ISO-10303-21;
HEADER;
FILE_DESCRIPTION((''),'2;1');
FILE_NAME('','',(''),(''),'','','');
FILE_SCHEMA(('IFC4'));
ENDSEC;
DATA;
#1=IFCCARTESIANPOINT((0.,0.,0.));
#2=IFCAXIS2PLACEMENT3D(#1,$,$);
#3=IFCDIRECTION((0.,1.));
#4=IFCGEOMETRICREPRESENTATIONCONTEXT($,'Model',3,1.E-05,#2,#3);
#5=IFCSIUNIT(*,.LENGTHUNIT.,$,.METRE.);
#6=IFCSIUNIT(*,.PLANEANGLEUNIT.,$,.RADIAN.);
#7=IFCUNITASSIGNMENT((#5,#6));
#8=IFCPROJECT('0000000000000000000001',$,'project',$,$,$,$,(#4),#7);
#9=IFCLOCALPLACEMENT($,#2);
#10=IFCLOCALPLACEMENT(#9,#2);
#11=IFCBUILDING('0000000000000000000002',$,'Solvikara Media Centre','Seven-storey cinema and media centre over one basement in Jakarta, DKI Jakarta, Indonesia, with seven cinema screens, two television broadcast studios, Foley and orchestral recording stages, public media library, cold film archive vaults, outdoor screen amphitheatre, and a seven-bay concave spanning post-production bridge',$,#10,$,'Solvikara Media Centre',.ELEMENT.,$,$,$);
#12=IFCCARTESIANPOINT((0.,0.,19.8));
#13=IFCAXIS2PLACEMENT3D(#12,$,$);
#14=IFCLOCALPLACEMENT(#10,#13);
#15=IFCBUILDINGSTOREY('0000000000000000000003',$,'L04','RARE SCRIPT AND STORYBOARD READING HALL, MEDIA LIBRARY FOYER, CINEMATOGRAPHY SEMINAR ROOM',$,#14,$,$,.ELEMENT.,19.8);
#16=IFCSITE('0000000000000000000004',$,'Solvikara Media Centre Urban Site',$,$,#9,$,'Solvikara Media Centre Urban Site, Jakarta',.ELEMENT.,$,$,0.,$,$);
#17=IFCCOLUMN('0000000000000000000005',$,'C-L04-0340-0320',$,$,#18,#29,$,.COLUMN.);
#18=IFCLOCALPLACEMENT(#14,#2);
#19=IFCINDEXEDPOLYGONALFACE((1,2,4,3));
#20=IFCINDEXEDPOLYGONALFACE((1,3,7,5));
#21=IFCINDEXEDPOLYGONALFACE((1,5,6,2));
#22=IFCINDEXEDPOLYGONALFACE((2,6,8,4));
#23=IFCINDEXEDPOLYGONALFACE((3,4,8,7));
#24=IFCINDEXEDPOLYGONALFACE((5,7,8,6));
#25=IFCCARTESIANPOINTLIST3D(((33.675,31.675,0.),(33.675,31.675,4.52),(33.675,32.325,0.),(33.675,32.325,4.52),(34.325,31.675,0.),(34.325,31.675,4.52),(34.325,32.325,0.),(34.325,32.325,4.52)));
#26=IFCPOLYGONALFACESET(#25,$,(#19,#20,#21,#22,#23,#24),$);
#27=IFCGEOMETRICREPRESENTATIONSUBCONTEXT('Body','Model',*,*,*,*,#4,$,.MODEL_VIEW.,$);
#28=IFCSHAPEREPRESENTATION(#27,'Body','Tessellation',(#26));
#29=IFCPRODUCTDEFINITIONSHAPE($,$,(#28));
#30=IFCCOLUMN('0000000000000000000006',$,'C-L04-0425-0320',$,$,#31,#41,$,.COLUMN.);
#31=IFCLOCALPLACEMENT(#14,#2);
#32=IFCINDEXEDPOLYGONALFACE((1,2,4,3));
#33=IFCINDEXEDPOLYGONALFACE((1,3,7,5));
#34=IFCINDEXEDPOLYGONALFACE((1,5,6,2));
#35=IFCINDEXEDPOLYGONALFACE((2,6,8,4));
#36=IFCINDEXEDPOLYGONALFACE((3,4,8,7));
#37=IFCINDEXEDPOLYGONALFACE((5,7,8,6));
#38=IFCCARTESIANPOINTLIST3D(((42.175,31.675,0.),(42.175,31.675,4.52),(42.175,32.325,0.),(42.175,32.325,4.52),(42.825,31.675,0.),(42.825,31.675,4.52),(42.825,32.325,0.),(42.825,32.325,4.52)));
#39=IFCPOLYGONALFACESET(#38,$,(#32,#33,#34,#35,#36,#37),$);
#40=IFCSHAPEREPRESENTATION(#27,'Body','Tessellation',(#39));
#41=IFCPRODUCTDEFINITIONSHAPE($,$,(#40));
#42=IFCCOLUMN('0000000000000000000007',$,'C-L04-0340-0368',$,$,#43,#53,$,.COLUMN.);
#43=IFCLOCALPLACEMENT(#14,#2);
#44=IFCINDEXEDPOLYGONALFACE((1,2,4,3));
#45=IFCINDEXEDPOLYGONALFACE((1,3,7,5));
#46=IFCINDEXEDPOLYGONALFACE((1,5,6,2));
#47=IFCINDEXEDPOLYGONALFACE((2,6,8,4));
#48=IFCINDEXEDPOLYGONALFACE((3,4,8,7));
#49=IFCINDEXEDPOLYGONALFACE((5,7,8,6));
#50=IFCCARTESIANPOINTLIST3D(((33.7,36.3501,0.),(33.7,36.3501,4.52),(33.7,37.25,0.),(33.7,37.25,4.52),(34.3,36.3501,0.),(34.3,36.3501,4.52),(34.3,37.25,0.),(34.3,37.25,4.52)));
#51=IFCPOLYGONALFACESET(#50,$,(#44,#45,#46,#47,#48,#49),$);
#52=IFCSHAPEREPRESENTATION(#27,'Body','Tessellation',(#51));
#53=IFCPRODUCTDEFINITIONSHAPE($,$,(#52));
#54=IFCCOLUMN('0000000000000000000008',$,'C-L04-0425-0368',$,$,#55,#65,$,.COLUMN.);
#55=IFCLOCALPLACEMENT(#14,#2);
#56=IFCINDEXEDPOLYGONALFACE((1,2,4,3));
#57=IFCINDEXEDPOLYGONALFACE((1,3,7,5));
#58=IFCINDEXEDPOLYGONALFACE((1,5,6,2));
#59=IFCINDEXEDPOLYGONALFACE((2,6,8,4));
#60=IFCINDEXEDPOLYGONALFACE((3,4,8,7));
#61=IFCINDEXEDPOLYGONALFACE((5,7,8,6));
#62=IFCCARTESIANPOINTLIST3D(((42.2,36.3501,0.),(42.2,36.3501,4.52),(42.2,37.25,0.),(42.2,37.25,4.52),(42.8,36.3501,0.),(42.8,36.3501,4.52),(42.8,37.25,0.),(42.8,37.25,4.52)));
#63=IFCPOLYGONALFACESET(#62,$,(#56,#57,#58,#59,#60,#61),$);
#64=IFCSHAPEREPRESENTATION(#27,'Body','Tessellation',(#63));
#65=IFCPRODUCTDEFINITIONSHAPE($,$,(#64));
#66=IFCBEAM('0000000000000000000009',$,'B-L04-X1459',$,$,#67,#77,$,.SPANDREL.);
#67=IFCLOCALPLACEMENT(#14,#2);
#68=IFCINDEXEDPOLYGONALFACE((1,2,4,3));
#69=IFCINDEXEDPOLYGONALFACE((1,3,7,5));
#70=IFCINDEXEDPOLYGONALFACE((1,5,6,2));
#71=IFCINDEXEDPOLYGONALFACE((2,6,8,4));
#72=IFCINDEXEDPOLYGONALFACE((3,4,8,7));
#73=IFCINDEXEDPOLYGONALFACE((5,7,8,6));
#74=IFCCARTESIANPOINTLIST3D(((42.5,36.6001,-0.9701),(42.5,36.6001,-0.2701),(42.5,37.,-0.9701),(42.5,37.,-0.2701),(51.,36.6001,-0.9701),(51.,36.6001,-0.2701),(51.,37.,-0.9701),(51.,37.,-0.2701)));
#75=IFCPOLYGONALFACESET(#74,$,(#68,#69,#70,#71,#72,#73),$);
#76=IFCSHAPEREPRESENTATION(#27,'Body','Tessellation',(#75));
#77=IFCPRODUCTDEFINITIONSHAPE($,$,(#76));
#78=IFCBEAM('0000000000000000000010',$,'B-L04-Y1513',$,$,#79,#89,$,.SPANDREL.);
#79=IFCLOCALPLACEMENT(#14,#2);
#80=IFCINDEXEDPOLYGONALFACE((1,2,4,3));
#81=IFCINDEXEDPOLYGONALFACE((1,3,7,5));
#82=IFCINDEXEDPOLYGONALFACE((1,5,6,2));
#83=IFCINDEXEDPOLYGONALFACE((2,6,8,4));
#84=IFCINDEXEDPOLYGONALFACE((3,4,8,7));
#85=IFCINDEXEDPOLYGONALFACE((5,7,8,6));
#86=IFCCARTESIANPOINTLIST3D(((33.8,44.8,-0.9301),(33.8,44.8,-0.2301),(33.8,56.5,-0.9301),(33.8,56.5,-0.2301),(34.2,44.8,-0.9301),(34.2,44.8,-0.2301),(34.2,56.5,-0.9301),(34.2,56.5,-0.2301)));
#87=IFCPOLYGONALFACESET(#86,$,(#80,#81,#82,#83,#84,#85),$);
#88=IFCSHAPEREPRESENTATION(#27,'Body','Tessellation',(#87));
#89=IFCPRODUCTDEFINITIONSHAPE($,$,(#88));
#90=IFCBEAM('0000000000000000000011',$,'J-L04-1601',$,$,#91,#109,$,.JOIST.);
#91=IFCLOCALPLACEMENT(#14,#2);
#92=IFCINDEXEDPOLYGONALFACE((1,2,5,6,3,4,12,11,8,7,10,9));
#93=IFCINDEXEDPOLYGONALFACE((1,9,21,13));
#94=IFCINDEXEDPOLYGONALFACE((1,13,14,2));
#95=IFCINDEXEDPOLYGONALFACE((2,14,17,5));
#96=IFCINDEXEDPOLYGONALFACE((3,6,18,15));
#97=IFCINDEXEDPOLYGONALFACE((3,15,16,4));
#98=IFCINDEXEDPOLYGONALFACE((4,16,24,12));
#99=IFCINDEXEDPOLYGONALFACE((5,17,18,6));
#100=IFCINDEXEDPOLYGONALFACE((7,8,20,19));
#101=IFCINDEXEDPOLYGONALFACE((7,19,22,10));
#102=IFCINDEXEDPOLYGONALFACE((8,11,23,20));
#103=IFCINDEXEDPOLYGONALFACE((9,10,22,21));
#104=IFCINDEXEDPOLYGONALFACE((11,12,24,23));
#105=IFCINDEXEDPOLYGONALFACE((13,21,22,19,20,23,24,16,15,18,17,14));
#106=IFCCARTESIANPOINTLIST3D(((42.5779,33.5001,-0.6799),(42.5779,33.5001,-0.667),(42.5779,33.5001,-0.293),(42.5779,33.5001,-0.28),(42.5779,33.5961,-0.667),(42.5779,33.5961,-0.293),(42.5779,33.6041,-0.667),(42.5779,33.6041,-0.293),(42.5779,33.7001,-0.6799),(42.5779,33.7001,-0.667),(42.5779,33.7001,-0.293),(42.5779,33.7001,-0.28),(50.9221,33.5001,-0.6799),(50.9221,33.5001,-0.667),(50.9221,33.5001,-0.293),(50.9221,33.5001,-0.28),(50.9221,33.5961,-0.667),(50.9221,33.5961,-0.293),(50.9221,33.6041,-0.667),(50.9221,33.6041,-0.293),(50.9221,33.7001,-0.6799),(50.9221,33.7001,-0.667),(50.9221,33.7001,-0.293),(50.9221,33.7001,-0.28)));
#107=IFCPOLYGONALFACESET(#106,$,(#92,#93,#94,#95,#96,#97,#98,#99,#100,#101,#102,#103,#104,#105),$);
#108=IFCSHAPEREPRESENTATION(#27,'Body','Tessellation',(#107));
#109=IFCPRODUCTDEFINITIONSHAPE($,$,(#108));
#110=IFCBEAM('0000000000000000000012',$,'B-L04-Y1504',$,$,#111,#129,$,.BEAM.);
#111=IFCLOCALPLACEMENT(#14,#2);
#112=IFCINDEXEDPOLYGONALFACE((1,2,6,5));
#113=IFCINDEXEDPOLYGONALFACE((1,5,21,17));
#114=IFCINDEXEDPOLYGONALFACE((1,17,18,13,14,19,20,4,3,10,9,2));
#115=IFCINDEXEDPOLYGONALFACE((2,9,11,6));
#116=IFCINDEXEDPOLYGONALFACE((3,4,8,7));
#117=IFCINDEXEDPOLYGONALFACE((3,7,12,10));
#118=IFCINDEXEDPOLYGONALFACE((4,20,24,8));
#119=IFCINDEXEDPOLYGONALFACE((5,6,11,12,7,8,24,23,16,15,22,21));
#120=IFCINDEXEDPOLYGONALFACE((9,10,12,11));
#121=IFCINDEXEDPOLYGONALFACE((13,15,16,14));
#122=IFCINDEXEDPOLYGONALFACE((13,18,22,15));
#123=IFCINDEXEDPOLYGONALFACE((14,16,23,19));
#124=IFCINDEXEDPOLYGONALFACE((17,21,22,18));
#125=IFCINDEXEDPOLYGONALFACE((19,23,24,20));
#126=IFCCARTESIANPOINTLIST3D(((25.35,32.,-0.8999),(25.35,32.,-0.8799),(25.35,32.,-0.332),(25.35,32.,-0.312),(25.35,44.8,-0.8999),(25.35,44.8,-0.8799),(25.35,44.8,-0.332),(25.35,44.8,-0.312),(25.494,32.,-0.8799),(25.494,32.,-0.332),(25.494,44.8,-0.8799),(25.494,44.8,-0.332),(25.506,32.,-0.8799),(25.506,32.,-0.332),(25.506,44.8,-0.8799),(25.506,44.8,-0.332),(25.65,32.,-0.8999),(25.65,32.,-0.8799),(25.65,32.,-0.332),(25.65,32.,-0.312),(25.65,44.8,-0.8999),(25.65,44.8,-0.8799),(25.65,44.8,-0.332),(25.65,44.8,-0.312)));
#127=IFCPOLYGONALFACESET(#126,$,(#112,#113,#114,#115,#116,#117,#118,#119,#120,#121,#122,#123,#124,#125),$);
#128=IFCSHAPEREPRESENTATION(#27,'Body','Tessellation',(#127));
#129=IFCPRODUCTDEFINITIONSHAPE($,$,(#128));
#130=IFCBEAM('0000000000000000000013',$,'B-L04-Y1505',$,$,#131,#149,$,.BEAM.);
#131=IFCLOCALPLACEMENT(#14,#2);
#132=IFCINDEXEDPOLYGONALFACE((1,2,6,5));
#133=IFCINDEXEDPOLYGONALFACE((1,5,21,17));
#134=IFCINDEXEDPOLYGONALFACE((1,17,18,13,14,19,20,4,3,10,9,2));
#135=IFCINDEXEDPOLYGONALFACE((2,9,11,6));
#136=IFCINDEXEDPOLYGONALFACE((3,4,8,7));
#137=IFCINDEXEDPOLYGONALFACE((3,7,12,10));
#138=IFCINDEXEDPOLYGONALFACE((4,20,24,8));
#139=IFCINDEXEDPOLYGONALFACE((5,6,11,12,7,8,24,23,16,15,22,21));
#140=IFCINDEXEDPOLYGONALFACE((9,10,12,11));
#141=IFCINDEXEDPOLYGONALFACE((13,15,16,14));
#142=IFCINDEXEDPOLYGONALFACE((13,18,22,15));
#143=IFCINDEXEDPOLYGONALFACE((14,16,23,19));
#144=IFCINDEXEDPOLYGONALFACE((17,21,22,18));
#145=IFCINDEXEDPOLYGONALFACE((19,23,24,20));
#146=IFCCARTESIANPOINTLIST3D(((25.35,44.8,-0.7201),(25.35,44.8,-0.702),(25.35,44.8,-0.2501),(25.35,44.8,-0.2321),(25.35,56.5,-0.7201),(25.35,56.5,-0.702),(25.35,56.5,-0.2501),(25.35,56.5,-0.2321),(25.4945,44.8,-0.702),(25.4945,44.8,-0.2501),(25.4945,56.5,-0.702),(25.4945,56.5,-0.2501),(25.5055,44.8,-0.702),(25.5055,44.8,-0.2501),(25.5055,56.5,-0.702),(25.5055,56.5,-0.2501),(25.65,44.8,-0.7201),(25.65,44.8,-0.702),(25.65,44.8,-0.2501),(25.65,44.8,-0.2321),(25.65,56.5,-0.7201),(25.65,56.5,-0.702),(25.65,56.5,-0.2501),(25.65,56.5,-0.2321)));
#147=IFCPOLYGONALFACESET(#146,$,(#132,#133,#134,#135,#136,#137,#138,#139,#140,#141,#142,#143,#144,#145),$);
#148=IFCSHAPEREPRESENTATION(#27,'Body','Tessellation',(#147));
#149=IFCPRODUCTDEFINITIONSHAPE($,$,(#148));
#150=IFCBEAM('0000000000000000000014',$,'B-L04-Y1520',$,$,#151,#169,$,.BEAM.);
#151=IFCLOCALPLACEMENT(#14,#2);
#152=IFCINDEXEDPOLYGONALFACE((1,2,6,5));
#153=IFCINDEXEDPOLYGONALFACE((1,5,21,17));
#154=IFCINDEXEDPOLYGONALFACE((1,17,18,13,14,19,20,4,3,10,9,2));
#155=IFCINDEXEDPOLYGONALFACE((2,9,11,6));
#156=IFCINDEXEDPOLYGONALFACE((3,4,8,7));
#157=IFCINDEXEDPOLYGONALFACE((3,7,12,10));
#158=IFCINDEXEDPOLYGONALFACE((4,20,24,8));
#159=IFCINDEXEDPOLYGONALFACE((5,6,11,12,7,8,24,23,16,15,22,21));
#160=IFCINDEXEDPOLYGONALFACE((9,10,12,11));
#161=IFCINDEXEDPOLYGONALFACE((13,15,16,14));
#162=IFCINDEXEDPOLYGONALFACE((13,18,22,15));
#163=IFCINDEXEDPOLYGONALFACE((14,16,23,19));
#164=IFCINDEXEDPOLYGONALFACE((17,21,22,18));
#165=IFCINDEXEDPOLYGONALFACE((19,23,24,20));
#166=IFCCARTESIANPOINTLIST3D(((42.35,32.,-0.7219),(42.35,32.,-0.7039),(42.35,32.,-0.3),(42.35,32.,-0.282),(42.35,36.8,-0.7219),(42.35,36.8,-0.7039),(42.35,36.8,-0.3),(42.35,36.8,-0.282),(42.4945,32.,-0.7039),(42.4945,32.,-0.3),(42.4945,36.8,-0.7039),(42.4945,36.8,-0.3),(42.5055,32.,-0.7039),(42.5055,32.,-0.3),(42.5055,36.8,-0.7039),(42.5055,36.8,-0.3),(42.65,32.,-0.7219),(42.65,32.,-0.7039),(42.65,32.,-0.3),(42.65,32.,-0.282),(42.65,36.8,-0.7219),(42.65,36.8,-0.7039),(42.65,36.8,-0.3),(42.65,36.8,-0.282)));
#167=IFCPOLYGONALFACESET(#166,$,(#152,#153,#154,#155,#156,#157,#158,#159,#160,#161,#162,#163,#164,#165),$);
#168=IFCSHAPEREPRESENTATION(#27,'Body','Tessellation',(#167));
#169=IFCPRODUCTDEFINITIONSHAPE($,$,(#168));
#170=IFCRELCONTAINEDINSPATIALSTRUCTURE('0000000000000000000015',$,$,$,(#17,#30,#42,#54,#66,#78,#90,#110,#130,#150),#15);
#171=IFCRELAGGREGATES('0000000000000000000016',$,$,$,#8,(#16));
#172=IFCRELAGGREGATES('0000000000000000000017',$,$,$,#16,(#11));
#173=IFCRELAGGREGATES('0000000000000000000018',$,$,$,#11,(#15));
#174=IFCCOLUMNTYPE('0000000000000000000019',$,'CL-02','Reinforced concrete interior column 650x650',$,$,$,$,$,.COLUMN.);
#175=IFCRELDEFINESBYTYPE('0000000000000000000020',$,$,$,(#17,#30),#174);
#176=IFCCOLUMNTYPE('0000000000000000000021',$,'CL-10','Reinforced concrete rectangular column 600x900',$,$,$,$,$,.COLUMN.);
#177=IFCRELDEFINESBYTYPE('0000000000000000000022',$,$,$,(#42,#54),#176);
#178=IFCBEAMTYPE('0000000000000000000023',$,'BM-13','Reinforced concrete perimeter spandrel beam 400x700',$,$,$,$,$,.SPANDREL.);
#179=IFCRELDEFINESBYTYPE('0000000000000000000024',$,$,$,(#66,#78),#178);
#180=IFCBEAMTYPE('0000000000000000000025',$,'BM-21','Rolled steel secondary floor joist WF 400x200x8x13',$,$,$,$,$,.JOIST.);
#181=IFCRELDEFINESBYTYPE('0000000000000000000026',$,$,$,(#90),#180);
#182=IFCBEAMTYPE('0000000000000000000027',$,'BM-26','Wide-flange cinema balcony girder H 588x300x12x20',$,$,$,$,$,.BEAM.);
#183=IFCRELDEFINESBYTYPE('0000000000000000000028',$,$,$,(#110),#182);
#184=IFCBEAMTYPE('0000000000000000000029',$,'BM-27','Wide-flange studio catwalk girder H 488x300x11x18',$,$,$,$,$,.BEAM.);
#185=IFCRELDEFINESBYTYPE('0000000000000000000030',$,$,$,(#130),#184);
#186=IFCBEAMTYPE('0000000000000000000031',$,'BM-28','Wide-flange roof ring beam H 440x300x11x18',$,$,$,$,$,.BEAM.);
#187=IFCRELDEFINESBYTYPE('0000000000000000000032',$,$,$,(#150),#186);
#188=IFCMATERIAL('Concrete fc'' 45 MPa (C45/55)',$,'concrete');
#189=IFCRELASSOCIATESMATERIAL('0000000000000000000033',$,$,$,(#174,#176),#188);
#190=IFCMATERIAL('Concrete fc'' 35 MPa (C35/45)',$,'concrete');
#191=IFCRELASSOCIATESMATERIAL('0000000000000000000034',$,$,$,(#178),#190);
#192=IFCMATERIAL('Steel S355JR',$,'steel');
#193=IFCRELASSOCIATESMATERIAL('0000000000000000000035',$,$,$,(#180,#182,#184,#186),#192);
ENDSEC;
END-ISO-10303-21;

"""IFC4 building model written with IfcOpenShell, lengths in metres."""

from ifc_helpers import new_model, si_unit, direction, frame, origin, origin_2d, place, context, subcontext, project, spatial, rectangle, i_section, extrude, material, material_profile, profile_set, type_object, element, save


model = new_model("IFC4")

# Units and contexts
model_context = context("Model", 3, precision=1e-05, world=origin(), true_north=direction((0.0, 1.0)))
body_context = subcontext(model_context, "Body", "Model", "MODEL_VIEW")
ifc_project = project(units=[si_unit("LENGTHUNIT", "METRE"), si_unit("PLANEANGLEUNIT", "RADIAN")], contexts=[model_context])

# Site, building, storey
site_placement = place(None, origin())
site = spatial("IfcSite", under=ifc_project, at=site_placement, Name="Solvikara Media Centre Urban Site", LongName="Solvikara Media Centre Urban Site, Jakarta", CompositionType="ELEMENT", RefElevation=0.0)
building_placement = place(site_placement, origin())
building = spatial("IfcBuilding", under=site, at=building_placement, Name="Solvikara Media Centre", Description="Seven-storey cinema and media centre over one basement in Jakarta, DKI Jakarta, Indonesia, with seven cinema screens, two television broadcast studios, Foley and orchestral recording stages, public media library, cold film archive vaults, outdoor screen amphitheatre, and a seven-bay concave spanning post-production bridge", LongName="Solvikara Media Centre", CompositionType="ELEMENT")
storey_placement = place(building_placement, frame((0.0, 0.0, 19.8)))
storey = spatial("IfcBuildingStorey", under=building, at=storey_placement, Name="L04", Description="RARE SCRIPT AND STORYBOARD READING HALL, MEDIA LIBRARY FOYER, CINEMATOGRAPHY SEMINAR ROOM", CompositionType="ELEMENT", Elevation=19.8)

# Columns
ifc_material_1 = material(Name="Concrete fc' 45 MPa (C45/55)", Category="concrete")
ifc_material_profile_1 = material_profile(ifc_material_1, rectangle(XDim=0.6499, YDim=0.6499, at=origin_2d()), Name="RC 650x650")
ifc_profile_set_1 = profile_set([ifc_material_profile_1], Name="Concrete fc' 45 MPa (C45/55)")
column_type_1 = type_object("IfcColumnType", Name="CL-02", Description="Reinforced concrete interior column 650x650", PredefinedType="COLUMN", material=ifc_profile_set_1)
for number, where, z_axis, x_axis, name in (
    (1, (34.0, 32.0, 0.0), (0.0, 0.0, 1.0), (1.0, 0.0, 0.0), "C-L04-0340-0320"),
    (2, (42.5, 32.0, 0.0), (0.0, 0.0, 1.0), (1.0, 0.0, 0.0), "C-L04-0425-0320"),
):
    element("IfcColumn", number, at=place(storey_placement, frame(where, z_axis=z_axis, x_axis=x_axis)), inside=storey, type_object=column_type_1, Name=name, PredefinedType="COLUMN", context=body_context, shape_type="SweptSolid", body=[
        extrude(rectangle(XDim=0.6499, YDim=0.6499, at=origin_2d()), origin(), (0.0, 0.0, 1.0), 4.52),
    ])
ifc_material_profile_2 = material_profile(ifc_material_1, rectangle(XDim=0.6001, YDim=0.8999, at=origin_2d()), Name="RC 600x900")
ifc_profile_set_2 = profile_set([ifc_material_profile_2], Name="Concrete fc' 45 MPa (C45/55)")
column_type_2 = type_object("IfcColumnType", Name="CL-10", Description="Reinforced concrete rectangular column 600x900", PredefinedType="COLUMN", material=ifc_profile_set_2)
for number, where, z_axis, x_axis, name in (
    (3, (34.0, 36.8, 0.0), (0.0, 0.0, 1.0), (1.0, 0.0, 0.0), "C-L04-0340-0368"),
    (4, (42.5, 36.8, 0.0), (0.0, 0.0, 1.0), (1.0, 0.0, 0.0), "C-L04-0425-0368"),
):
    element("IfcColumn", number, at=place(storey_placement, frame(where, z_axis=z_axis, x_axis=x_axis)), inside=storey, type_object=column_type_2, Name=name, PredefinedType="COLUMN", context=body_context, shape_type="SweptSolid", body=[
        extrude(rectangle(XDim=0.6001, YDim=0.8999, at=origin_2d()), origin(), (0.0, 0.0, 1.0), 4.52),
    ])

# Beams
ifc_material_2 = material(Name="Concrete fc' 35 MPa (C35/45)", Category="concrete")
ifc_material_profile_3 = material_profile(ifc_material_2, rectangle(XDim=0.3999, YDim=0.7, at=origin_2d()), Name="RC 400x700")
ifc_profile_set_3 = profile_set([ifc_material_profile_3], Name="Concrete fc' 35 MPa (C35/45)")
beam_type_1 = type_object("IfcBeamType", Name="BM-13", Description="Reinforced concrete perimeter spandrel beam 400x700", PredefinedType="SPANDREL", material=ifc_profile_set_3)
beam_1_placement = place(storey_placement, frame((42.5, 36.8, -0.6201), z_axis=(1.0, 0.0, 0.0), x_axis=(0.0, 1.0, 0.0)))
element("IfcBeam", 5, at=beam_1_placement, inside=storey, type_object=beam_type_1, Name="B-L04-X1459", PredefinedType="SPANDREL", context=body_context, shape_type="SweptSolid", body=[
    extrude(rectangle(XDim=0.3999, YDim=0.7, at=origin_2d()), origin(), (0.0, 0.0, 1.0), 8.5),
])
beam_2_placement = place(storey_placement, frame((34.0, 44.8, -0.5801), z_axis=(0.0, 1.0, 0.0), x_axis=(-1.0, 0.0, 0.0)))
element("IfcBeam", 6, at=beam_2_placement, inside=storey, type_object=beam_type_1, Name="B-L04-Y1513", PredefinedType="SPANDREL", context=body_context, shape_type="SweptSolid", body=[
    extrude(rectangle(XDim=0.3999, YDim=0.7, at=origin_2d()), origin(), (0.0, 0.0, 1.0), 11.7),
])
ifc_material_3 = material(Name="Steel S355JR", Category="steel")
ifc_material_profile_4 = material_profile(ifc_material_3, i_section(OverallWidth=0.2, OverallDepth=0.3999, WebThickness=0.0081, FlangeThickness=0.0129, at=origin_2d()), Name="WF 400x200x8x13")
ifc_profile_set_4 = profile_set([ifc_material_profile_4], Name="Steel S355JR")
beam_type_2 = type_object("IfcBeamType", Name="BM-21", Description="Rolled steel secondary floor joist WF 400x200x8x13", PredefinedType="JOIST", material=ifc_profile_set_4)
beam_3_placement = place(storey_placement, frame((42.5779, 33.6001, -0.48), z_axis=(1.0, 0.0, 0.0), x_axis=(0.0, 1.0, 0.0)))
element("IfcBeam", 7, at=beam_3_placement, inside=storey, type_object=beam_type_2, Name="J-L04-1601", PredefinedType="JOIST", context=body_context, shape_type="SweptSolid", body=[
    extrude(i_section(OverallWidth=0.2, OverallDepth=0.3999, WebThickness=0.0081, FlangeThickness=0.0129, at=origin_2d()), origin(), (0.0, 0.0, 1.0), 8.3442),
])
ifc_material_profile_5 = material_profile(ifc_material_3, i_section(OverallWidth=0.3, OverallDepth=0.5879, WebThickness=0.012, FlangeThickness=0.02, at=origin_2d()), Name="H 588x300x12x20")
ifc_profile_set_5 = profile_set([ifc_material_profile_5], Name="Steel S355JR")
beam_type_3 = type_object("IfcBeamType", Name="BM-26", Description="Wide-flange cinema balcony girder H 588x300x12x20", PredefinedType="BEAM", material=ifc_profile_set_5)
beam_4_placement = place(storey_placement, frame((25.5, 32.0, -0.606), z_axis=(0.0, 1.0, 0.0), x_axis=(-1.0, 0.0, 0.0)))
element("IfcBeam", 8, at=beam_4_placement, inside=storey, type_object=beam_type_3, Name="B-L04-Y1504", PredefinedType="BEAM", context=body_context, shape_type="SweptSolid", body=[
    extrude(i_section(OverallWidth=0.3, OverallDepth=0.5879, WebThickness=0.012, FlangeThickness=0.02, at=origin_2d()), origin(), (0.0, 0.0, 1.0), 12.8),
])
ifc_material_profile_6 = material_profile(ifc_material_3, i_section(OverallWidth=0.3, OverallDepth=0.488, WebThickness=0.011, FlangeThickness=0.0181, at=origin_2d()), Name="H 488x300x11x18")
ifc_profile_set_6 = profile_set([ifc_material_profile_6], Name="Steel S355JR")
beam_type_4 = type_object("IfcBeamType", Name="BM-27", Description="Wide-flange studio catwalk girder H 488x300x11x18", PredefinedType="BEAM", material=ifc_profile_set_6)
beam_5_placement = place(storey_placement, frame((25.5, 44.8, -0.4761), z_axis=(0.0, 1.0, 0.0), x_axis=(-1.0, 0.0, 0.0)))
element("IfcBeam", 9, at=beam_5_placement, inside=storey, type_object=beam_type_4, Name="B-L04-Y1505", PredefinedType="BEAM", context=body_context, shape_type="SweptSolid", body=[
    extrude(i_section(OverallWidth=0.3, OverallDepth=0.488, WebThickness=0.011, FlangeThickness=0.0181, at=origin_2d()), origin(), (0.0, 0.0, 1.0), 11.7),
])
ifc_material_profile_7 = material_profile(ifc_material_3, i_section(OverallWidth=0.3, OverallDepth=0.4399, WebThickness=0.011, FlangeThickness=0.0181, at=origin_2d()), Name="H 440x300x11x18")
ifc_profile_set_7 = profile_set([ifc_material_profile_7], Name="Steel S355JR")
beam_type_5 = type_object("IfcBeamType", Name="BM-28", Description="Wide-flange roof ring beam H 440x300x11x18", PredefinedType="BEAM", material=ifc_profile_set_7)
beam_6_placement = place(storey_placement, frame((42.5, 32.0, -0.502), z_axis=(0.0, 1.0, 0.0), x_axis=(-1.0, 0.0, 0.0)))
element("IfcBeam", 10, at=beam_6_placement, inside=storey, type_object=beam_type_5, Name="B-L04-Y1520", PredefinedType="BEAM", context=body_context, shape_type="SweptSolid", body=[
    extrude(i_section(OverallWidth=0.3, OverallDepth=0.4399, WebThickness=0.011, FlangeThickness=0.0181, at=origin_2d()), origin(), (0.0, 0.0, 1.0), 4.8),
])

save(model, "model.ifc")
